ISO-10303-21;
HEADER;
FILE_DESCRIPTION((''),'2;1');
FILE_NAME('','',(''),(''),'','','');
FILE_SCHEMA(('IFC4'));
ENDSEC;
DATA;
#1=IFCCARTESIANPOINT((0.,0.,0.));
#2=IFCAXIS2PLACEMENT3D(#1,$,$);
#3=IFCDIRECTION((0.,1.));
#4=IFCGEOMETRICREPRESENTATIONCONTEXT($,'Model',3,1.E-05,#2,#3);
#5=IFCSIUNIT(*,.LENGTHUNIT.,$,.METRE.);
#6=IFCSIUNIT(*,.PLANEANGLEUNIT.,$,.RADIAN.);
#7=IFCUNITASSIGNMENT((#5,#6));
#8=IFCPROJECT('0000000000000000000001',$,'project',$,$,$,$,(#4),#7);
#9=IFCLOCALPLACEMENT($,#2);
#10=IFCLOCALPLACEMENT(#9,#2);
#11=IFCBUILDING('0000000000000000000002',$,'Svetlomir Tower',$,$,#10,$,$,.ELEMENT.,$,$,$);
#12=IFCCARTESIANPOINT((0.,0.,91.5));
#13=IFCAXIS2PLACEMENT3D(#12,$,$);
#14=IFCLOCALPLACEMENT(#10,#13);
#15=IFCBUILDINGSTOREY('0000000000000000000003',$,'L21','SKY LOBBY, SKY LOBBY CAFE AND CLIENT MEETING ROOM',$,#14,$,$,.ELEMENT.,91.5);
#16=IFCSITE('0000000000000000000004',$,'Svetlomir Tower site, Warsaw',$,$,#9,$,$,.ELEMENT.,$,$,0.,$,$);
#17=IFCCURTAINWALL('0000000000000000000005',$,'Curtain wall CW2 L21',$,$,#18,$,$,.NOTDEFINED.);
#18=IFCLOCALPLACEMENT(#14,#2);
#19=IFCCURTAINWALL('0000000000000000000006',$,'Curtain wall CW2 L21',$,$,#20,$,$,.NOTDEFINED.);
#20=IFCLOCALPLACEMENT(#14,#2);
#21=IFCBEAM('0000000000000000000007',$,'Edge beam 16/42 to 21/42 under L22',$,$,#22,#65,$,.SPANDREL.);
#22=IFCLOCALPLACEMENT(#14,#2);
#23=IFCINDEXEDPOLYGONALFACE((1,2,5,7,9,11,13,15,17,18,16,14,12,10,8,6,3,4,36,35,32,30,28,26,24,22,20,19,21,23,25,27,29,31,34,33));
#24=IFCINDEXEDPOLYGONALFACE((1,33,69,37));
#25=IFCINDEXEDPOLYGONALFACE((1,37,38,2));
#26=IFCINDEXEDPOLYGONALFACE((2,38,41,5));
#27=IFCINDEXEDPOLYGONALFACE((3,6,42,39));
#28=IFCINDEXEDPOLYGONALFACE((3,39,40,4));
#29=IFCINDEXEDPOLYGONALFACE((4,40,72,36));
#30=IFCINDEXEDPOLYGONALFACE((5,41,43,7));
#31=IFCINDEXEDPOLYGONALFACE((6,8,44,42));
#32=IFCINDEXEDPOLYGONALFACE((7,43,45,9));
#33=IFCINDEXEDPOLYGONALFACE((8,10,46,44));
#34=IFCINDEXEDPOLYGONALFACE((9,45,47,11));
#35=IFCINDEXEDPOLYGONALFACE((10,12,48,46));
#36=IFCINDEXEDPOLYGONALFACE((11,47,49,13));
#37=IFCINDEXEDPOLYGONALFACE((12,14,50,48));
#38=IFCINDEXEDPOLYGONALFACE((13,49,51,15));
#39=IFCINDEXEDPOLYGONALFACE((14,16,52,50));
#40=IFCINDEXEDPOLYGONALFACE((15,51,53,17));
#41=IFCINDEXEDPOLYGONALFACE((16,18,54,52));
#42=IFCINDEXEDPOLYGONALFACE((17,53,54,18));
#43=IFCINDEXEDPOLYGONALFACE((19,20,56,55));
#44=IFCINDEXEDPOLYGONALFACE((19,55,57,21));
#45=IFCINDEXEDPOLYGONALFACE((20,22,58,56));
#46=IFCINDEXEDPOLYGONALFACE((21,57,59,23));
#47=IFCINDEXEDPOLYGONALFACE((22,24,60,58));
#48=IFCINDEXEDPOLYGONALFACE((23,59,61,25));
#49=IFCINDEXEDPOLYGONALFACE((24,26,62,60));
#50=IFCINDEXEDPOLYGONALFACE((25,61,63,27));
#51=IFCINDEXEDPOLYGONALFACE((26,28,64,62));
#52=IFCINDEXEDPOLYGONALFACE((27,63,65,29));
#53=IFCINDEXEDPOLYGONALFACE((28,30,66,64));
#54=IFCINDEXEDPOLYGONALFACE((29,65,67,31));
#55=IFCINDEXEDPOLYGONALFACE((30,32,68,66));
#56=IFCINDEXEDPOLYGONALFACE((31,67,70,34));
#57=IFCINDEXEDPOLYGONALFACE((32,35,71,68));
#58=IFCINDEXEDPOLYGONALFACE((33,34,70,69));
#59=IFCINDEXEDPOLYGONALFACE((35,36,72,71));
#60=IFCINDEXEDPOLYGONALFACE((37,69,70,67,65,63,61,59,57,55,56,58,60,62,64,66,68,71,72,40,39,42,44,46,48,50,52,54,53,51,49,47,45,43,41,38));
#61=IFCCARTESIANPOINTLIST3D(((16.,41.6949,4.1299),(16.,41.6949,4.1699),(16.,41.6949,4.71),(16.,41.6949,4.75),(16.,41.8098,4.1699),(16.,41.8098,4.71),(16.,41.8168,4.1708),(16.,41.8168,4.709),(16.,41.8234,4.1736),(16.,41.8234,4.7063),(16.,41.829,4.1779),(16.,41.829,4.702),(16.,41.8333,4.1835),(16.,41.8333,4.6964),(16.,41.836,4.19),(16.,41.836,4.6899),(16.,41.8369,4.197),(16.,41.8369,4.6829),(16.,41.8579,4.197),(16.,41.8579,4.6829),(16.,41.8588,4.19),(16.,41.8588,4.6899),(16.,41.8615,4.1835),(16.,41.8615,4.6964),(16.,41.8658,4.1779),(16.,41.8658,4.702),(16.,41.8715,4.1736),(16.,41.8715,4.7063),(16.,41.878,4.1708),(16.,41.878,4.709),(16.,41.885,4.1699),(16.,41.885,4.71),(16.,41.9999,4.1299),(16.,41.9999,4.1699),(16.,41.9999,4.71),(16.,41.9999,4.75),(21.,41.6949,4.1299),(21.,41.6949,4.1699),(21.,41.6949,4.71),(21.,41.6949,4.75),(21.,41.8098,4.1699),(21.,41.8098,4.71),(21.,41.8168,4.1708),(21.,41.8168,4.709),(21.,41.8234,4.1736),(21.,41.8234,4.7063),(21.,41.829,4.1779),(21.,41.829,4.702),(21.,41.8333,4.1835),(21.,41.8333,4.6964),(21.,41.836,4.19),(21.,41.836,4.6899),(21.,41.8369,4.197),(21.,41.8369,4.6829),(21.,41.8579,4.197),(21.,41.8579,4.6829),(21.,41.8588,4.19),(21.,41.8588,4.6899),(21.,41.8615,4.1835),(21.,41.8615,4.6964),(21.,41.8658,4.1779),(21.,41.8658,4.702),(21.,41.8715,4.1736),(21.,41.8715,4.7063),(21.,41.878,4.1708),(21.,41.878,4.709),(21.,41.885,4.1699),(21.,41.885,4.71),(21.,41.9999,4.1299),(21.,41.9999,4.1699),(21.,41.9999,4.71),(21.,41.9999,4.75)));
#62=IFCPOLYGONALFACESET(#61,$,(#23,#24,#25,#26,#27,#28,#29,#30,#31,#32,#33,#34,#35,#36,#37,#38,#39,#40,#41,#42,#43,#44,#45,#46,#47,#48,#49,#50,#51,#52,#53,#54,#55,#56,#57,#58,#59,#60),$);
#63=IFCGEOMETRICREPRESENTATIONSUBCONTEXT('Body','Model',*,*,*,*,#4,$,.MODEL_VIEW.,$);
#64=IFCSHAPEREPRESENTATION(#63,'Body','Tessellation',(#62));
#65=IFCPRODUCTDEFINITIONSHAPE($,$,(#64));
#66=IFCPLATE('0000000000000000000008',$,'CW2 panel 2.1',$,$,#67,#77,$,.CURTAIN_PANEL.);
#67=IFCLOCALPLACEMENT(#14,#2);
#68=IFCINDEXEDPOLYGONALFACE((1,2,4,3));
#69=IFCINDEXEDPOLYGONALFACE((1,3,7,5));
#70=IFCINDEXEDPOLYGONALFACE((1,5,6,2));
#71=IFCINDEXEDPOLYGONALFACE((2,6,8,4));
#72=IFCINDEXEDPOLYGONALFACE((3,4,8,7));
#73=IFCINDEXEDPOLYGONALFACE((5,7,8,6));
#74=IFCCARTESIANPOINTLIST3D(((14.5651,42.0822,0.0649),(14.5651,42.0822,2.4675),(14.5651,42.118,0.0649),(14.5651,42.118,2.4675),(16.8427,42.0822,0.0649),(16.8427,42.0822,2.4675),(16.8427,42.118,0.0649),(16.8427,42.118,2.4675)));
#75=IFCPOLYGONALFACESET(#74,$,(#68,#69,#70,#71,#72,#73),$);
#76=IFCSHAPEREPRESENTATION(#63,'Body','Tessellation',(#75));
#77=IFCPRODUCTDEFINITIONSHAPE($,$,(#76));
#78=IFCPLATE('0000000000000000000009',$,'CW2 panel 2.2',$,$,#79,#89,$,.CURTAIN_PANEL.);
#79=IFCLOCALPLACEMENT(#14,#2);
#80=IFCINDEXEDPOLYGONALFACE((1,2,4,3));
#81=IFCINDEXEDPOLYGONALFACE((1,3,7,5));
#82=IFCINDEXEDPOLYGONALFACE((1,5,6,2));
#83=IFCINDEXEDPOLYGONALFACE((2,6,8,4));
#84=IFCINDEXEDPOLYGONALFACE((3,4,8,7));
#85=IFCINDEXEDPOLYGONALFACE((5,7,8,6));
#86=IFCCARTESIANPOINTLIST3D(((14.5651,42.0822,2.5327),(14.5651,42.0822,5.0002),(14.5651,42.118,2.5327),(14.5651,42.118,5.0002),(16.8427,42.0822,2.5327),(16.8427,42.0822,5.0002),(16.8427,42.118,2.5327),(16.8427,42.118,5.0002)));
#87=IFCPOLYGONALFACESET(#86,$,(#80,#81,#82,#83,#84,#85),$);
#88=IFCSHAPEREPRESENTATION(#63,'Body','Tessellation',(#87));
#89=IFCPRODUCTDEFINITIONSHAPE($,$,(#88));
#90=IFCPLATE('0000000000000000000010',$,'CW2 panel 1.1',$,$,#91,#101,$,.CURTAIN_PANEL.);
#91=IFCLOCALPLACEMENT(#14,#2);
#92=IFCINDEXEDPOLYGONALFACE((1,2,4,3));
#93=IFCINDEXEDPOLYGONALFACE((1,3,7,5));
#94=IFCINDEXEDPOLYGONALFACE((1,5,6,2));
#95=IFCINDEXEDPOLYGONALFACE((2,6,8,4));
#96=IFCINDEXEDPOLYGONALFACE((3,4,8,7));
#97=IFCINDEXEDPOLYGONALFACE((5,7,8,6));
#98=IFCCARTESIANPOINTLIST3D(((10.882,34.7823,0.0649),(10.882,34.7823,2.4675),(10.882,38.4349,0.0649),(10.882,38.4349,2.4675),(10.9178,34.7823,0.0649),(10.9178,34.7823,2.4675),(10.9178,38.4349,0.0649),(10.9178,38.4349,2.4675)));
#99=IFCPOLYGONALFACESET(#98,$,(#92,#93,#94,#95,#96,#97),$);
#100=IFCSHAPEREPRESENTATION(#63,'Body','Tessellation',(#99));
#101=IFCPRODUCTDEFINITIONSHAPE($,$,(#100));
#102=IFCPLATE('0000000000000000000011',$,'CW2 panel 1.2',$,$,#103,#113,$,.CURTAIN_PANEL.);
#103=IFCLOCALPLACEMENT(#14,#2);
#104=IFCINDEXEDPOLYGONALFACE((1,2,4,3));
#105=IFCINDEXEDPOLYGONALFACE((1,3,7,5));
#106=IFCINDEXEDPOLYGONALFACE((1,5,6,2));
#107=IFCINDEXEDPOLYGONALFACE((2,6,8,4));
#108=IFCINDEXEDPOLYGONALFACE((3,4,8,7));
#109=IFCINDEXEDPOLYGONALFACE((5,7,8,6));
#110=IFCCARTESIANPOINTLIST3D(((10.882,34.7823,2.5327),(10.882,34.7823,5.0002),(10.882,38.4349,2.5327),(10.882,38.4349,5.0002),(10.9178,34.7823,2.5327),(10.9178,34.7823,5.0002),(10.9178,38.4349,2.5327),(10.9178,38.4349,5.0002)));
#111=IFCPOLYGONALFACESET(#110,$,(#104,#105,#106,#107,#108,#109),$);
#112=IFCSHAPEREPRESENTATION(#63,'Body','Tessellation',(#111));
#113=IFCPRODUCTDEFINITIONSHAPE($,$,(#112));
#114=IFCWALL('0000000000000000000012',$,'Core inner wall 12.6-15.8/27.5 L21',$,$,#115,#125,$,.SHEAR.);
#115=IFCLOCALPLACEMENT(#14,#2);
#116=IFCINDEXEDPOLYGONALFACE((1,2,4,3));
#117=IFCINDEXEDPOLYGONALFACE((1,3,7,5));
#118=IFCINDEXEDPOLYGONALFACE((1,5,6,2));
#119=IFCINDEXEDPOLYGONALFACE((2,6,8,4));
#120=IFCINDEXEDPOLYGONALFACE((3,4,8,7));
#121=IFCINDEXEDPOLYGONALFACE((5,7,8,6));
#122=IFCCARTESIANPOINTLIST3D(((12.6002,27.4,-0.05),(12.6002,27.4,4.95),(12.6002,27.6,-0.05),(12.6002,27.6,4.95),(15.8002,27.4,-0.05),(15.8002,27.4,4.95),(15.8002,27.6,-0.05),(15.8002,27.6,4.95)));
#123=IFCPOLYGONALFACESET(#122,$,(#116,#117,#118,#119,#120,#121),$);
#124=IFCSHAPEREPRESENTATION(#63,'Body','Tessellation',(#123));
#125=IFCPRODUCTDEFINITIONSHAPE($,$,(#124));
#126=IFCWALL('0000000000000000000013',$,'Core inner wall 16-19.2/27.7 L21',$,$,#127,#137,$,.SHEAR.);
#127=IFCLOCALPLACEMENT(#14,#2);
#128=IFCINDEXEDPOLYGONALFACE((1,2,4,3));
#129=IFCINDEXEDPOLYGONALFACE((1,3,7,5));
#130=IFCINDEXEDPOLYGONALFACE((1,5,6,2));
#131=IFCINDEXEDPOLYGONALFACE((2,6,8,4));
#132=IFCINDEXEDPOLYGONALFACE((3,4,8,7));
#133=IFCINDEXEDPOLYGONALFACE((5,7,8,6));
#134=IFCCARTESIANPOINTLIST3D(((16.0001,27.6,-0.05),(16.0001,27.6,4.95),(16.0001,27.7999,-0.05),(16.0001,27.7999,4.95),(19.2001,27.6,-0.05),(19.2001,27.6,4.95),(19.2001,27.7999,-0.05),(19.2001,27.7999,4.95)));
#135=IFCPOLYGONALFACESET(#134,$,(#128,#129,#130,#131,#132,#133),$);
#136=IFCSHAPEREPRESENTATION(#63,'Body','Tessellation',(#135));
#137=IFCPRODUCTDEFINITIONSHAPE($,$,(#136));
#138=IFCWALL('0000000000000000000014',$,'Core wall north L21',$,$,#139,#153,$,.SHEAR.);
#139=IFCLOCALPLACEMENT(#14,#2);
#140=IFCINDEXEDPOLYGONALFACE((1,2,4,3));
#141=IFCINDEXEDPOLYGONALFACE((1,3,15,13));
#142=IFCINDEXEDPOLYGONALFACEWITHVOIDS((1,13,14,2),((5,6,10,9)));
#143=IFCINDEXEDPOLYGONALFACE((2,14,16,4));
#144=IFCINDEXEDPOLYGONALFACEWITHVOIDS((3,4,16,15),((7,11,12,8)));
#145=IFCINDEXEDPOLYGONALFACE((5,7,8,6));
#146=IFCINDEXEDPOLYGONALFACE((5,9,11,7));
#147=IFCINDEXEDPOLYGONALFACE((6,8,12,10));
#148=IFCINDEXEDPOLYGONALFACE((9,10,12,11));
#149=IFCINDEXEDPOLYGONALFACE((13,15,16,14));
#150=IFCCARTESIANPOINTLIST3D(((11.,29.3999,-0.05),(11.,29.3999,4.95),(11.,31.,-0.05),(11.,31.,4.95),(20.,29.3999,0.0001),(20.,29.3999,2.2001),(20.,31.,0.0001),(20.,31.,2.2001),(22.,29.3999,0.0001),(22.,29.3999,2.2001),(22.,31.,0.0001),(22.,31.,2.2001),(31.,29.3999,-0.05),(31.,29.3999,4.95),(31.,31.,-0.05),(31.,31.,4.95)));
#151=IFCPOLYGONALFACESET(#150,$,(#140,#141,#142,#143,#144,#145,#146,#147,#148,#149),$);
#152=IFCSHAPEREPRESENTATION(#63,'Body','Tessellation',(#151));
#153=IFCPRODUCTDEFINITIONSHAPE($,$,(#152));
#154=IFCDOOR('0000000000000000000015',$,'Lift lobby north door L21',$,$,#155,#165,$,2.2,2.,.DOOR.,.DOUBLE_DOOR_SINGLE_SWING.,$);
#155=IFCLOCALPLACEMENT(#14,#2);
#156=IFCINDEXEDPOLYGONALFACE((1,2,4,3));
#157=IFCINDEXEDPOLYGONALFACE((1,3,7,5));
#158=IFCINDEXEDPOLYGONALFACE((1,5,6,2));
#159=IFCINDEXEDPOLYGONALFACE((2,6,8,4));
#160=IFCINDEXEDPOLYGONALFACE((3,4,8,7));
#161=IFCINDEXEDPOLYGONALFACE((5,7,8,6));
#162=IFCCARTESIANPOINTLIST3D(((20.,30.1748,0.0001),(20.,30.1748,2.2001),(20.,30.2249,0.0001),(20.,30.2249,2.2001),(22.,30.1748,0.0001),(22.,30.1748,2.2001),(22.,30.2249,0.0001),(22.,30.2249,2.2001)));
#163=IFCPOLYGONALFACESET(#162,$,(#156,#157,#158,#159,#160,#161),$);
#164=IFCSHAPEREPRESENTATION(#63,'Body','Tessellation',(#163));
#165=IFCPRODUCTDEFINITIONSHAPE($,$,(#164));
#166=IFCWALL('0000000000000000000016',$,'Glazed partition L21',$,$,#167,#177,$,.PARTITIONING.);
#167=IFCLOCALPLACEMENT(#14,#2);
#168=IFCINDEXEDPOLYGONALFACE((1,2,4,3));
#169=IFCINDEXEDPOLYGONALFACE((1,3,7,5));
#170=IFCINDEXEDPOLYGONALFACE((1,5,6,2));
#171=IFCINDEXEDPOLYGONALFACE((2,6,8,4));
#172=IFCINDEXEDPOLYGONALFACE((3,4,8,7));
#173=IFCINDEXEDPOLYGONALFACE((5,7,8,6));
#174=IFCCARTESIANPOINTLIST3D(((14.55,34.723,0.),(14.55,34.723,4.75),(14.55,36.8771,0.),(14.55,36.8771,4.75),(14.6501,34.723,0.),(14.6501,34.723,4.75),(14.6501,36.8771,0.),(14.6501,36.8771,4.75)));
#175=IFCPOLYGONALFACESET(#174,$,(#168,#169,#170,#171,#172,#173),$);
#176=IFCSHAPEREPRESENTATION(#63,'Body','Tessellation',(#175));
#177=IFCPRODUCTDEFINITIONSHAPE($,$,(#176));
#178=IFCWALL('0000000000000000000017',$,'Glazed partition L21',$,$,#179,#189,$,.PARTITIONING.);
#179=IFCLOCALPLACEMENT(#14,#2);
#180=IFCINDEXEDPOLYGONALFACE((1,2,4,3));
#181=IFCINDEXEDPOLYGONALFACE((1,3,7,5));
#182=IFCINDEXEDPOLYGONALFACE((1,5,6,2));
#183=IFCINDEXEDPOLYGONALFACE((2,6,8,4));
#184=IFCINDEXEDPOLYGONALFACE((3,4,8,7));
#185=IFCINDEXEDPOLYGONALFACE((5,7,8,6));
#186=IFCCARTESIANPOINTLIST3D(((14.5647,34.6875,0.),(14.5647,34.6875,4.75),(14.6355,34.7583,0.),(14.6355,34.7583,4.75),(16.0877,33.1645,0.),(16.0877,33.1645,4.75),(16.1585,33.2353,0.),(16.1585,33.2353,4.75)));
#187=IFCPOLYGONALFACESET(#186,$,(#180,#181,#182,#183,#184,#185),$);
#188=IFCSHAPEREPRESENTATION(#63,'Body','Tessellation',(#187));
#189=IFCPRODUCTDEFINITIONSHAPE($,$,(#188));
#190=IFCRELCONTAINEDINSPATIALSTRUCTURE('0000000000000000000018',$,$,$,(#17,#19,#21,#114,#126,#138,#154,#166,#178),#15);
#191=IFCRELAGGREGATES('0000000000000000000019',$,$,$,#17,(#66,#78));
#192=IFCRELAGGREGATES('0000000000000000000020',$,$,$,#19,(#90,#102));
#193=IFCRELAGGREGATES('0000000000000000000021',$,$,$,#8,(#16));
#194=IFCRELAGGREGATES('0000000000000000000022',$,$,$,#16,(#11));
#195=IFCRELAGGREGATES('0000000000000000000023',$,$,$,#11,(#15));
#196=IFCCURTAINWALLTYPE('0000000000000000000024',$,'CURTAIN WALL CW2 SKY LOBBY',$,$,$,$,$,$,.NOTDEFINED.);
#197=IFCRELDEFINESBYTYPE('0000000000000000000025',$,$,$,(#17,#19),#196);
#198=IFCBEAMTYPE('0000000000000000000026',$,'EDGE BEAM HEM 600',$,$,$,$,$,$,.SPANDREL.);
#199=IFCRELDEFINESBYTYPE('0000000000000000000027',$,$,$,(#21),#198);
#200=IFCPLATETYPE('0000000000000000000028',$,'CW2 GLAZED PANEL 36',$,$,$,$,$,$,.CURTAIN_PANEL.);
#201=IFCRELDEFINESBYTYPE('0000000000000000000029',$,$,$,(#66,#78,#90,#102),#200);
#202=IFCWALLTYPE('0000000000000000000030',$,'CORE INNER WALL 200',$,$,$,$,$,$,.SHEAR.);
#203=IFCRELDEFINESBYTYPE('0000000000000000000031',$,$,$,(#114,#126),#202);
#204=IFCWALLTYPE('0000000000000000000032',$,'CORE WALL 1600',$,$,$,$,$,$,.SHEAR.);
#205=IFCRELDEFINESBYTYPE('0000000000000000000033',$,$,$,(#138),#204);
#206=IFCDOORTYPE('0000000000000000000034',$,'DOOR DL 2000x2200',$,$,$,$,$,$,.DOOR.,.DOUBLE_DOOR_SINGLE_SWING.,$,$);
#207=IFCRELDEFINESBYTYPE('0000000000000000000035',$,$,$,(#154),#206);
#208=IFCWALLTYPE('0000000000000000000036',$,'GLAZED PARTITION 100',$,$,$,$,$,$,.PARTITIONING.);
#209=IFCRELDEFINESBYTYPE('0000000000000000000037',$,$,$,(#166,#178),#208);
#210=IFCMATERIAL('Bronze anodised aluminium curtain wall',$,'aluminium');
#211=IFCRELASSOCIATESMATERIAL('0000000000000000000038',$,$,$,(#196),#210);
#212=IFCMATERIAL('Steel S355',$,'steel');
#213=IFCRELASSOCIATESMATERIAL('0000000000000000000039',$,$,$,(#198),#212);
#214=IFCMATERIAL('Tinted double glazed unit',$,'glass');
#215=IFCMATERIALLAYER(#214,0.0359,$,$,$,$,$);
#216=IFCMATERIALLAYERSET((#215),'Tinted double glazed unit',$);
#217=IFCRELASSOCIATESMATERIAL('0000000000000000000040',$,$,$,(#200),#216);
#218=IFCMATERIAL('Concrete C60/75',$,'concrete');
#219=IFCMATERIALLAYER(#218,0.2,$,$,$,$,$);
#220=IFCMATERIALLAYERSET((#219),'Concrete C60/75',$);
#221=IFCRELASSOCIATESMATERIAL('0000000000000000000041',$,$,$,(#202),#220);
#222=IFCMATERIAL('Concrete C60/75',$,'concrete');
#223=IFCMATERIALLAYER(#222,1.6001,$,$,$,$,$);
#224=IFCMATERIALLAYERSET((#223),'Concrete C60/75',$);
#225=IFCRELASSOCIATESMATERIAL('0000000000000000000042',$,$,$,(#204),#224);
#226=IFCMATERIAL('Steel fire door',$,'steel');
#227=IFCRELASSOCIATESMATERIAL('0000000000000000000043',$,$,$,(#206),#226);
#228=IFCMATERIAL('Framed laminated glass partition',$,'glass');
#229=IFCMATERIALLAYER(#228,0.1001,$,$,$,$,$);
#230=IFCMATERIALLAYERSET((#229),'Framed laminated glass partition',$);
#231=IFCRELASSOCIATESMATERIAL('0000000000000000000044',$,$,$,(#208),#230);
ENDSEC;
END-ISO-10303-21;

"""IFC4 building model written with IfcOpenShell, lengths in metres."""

from ifc_helpers import new_model, si_unit, direction, frame, frame_2d, origin, origin_2d, place, context, subcontext, project, spatial, rectangle, i_section, extrude, material, layer, layer_set, material_profile, profile_set, type_object, element, fill, aggregate, save


model = new_model("IFC4")

# Units and contexts
model_context = context("Model", 3, precision=1e-05, world=origin(), true_north=direction((0.0, 1.0)))
body_context = subcontext(model_context, "Body", "Model", "MODEL_VIEW")
ifc_project = project(units=[si_unit("LENGTHUNIT", "METRE"), si_unit("PLANEANGLEUNIT", "RADIAN")], contexts=[model_context])

# Site, building, storey
site_placement = place(None, origin())
site = spatial("IfcSite", under=ifc_project, at=site_placement, Name="Svetlomir Tower site, Warsaw", CompositionType="ELEMENT", RefElevation=0.0)
building_placement = place(site_placement, origin())
building = spatial("IfcBuilding", under=site, at=building_placement, Name="Svetlomir Tower", CompositionType="ELEMENT")
storey_placement = place(building_placement, frame((0.0, 0.0, 91.5)))
storey = spatial("IfcBuildingStorey", under=building, at=storey_placement, Name="L21", Description="SKY LOBBY, SKY LOBBY CAFE AND CLIENT MEETING ROOM", CompositionType="ELEMENT", Elevation=91.5)

# Curtain walls
ifc_material_1 = material(Name="Bronze anodised aluminium curtain wall", Category="aluminium")
curtain_wall_type = type_object("IfcCurtainWallType", Name="CURTAIN WALL CW2 SKY LOBBY", PredefinedType="NOTDEFINED", material=ifc_material_1)
curtain_wall_1_placement = place(storey_placement, origin())
curtain_wall_1 = element("IfcCurtainWall", 1, at=curtain_wall_1_placement, inside=storey, type_object=curtain_wall_type, Name="Curtain wall CW2 L21", PredefinedType="NOTDEFINED")
curtain_wall_2_placement = place(storey_placement, origin())
curtain_wall_2 = element("IfcCurtainWall", 2, at=curtain_wall_2_placement, inside=storey, type_object=curtain_wall_type, Name="Curtain wall CW2 L21", PredefinedType="NOTDEFINED")

# Beam
ifc_material_2 = material(Name="Steel S355", Category="steel")
ifc_material_profile_1 = material_profile(ifc_material_2, i_section(OverallWidth=0.3049, OverallDepth=0.6201, WebThickness=0.021, FlangeThickness=0.04, FilletRadius=0.0271, at=origin_2d()), Name="HEM 600")
ifc_profile_set_1 = profile_set([ifc_material_profile_1], Name="Steel S355")
beam_type = type_object("IfcBeamType", Name="EDGE BEAM HEM 600", PredefinedType="SPANDREL", material=ifc_profile_set_1)
beam_1_placement = place(storey_placement, frame((16.0, 41.8474, 4.4399), z_axis=(1.0, 0.0, 0.0), x_axis=(0.0, 1.0, 0.0)))
element("IfcBeam", 3, at=beam_1_placement, inside=storey, type_object=beam_type, Name="Edge beam 16/42 to 21/42 under L22", PredefinedType="SPANDREL", context=body_context, shape_type="SweptSolid", body=[
    extrude(i_section(OverallWidth=0.3049, OverallDepth=0.6201, WebThickness=0.021, FlangeThickness=0.04, FilletRadius=0.0271, at=origin_2d()), origin(), (0.0, 0.0, 1.0), 5.0),
])

# Plates
ifc_material_3 = material(Name="Tinted double glazed unit", Category="glass")
ifc_layer_1 = layer(ifc_material_3, 0.0359)
ifc_layer_set_1 = layer_set([ifc_layer_1], Name="Tinted double glazed unit")
plate_type = type_object("IfcPlateType", Name="CW2 GLAZED PANEL 36", PredefinedType="CURTAIN_PANEL", material=ifc_layer_set_1)
plate_1_placement = place(storey_placement, frame((15.7039, 42.1001, 0.0649), z_axis=(0.0, 0.0, 1.0), x_axis=(-1.0, 0.0, 0.0)))
plate_1 = element("IfcPlate", 4, at=plate_1_placement, type_object=plate_type, Name="CW2 panel 2.1", PredefinedType="CURTAIN_PANEL", context=body_context, shape_type="SweptSolid", body=[
    extrude(rectangle(XDim=2.2776, YDim=0.0359, at=origin_2d()), origin(), (0.0, 0.0, 1.0), 2.4026),
])
plate_2_placement = place(storey_placement, frame((15.7039, 42.1001, 2.5327), z_axis=(0.0, 0.0, 1.0), x_axis=(-1.0, 0.0, 0.0)))
plate_2 = element("IfcPlate", 5, at=plate_2_placement, type_object=plate_type, Name="CW2 panel 2.2", PredefinedType="CURTAIN_PANEL", context=body_context, shape_type="SweptSolid", body=[
    extrude(rectangle(XDim=2.2776, YDim=0.0359, at=origin_2d()), origin(), (0.0, 0.0, 1.0), 2.4675),
])
aggregate(curtain_wall_1, [plate_1, plate_2])
plate_3_placement = place(storey_placement, frame((10.8999, 36.6086, 0.0649), z_axis=(0.0, 0.0, 1.0), x_axis=(0.0, -1.0, 0.0)))
plate_3 = element("IfcPlate", 6, at=plate_3_placement, type_object=plate_type, Name="CW2 panel 1.1", PredefinedType="CURTAIN_PANEL", context=body_context, shape_type="SweptSolid", body=[
    extrude(rectangle(XDim=3.6526, YDim=0.0359, at=origin_2d()), origin(), (0.0, 0.0, 1.0), 2.4026),
])
plate_4_placement = place(storey_placement, frame((10.8999, 36.6086, 2.5327), z_axis=(0.0, 0.0, 1.0), x_axis=(0.0, -1.0, 0.0)))
plate_4 = element("IfcPlate", 7, at=plate_4_placement, type_object=plate_type, Name="CW2 panel 1.2", PredefinedType="CURTAIN_PANEL", context=body_context, shape_type="SweptSolid", body=[
    extrude(rectangle(XDim=3.6526, YDim=0.0359, at=origin_2d()), origin(), (0.0, 0.0, 1.0), 2.4675),
])
aggregate(curtain_wall_2, [plate_3, plate_4])

# Walls
ifc_material_4 = material(Name="Concrete C60/75", Category="concrete")
ifc_layer_2 = layer(ifc_material_4, 0.2)
ifc_layer_set_2 = layer_set([ifc_layer_2], Name="Concrete C60/75")
wall_type_1 = type_object("IfcWallType", Name="CORE INNER WALL 200", PredefinedType="SHEAR", material=ifc_layer_set_2)
for number, where, z_axis, x_axis, name in (
    (8, (12.6001, 27.5, -0.05), (0.0, 0.0, 1.0), (1.0, 0.0, 0.0), "Core inner wall 12.6-15.8/27.5 L21"),
    (9, (16.0, 27.7, -0.05), (0.0, 0.0, 1.0), (1.0, 0.0, 0.0), "Core inner wall 16-19.2/27.7 L21"),
):
    element("IfcWall", number, at=place(storey_placement, frame(where, z_axis=z_axis, x_axis=x_axis)), inside=storey, type_object=wall_type_1, Name=name, PredefinedType="SHEAR", context=body_context, shape_type="SweptSolid", body=[
        extrude(rectangle(XDim=3.2, YDim=0.2, at=frame_2d((1.6001, 0.0))), origin(), (0.0, 0.0, 1.0), 5.0),
    ])

# Wall, opening, door
ifc_material_5 = material(Name="Concrete C60/75", Category="concrete")
ifc_layer_3 = layer(ifc_material_5, 1.6001)
ifc_layer_set_3 = layer_set([ifc_layer_3], Name="Concrete C60/75")
wall_type_2 = type_object("IfcWallType", Name="CORE WALL 1600", PredefinedType="SHEAR", material=ifc_layer_set_3)
wall_1_placement = place(storey_placement, frame((11.0, 30.2, -0.05), z_axis=(0.0, 0.0, 1.0), x_axis=(1.0, 0.0, 0.0)))
wall_1 = element("IfcWall", 10, at=wall_1_placement, inside=storey, type_object=wall_type_2, Name="Core wall north L21", PredefinedType="SHEAR", context=body_context, shape_type="SweptSolid", body=[
    extrude(rectangle(XDim=20.0, YDim=1.6001, at=frame_2d((10.0, 0.0))), origin(), (0.0, 0.0, 1.0), 5.0),
])
opening_placement = place(wall_1_placement, frame((9.0, 0.0, 0.05)))
opening = element("IfcOpeningElement", 11, at=opening_placement, cuts=wall_1, PredefinedType="OPENING", context=body_context, shape_type="SweptSolid", body=[
    extrude(rectangle(XDim=2.0, YDim=2.2, at=frame_2d((1.0, 1.1001))), frame((0.0, 0.8101, 0.0), z_axis=(0.0, -1.0, 0.0), x_axis=(1.0, 0.0, 0.0)), (0.0, 0.0, 1.0), 1.6201),
])
ifc_material_6 = material(Name="Steel fire door", Category="steel")
door_type = type_object("IfcDoorType", Name="DOOR DL 2000x2200", OperationType="DOUBLE_DOOR_SINGLE_SWING", PredefinedType="DOOR", material=ifc_material_6)
door_placement = place(opening_placement, origin())
door = element("IfcDoor", 12, at=door_placement, inside=storey, type_object=door_type, Name="Lift lobby north door L21", OperationType="DOUBLE_DOOR_SINGLE_SWING", OverallHeight=2.2, OverallWidth=2.0, PredefinedType="DOOR", context=body_context, shape_type="SweptSolid", body=[
    extrude(rectangle(XDim=2.0, YDim=2.2, at=frame_2d((1.0, 1.1001))), frame((0.0, 0.0249, 0.0), z_axis=(0.0, -1.0, 0.0), x_axis=(1.0, 0.0, 0.0)), (0.0, 0.0, 1.0), 0.05),
])
fill(opening, door)

# Walls
ifc_material_7 = material(Name="Framed laminated glass partition", Category="glass")
ifc_layer_4 = layer(ifc_material_7, 0.1001)
ifc_layer_set_4 = layer_set([ifc_layer_4], Name="Framed laminated glass partition")
wall_type_3 = type_object("IfcWallType", Name="GLAZED PARTITION 100", PredefinedType="PARTITIONING", material=ifc_layer_set_4)
wall_2_placement = place(storey_placement, frame((14.6001, 34.7229, 0.0), z_axis=(0.0, 0.0, 1.0), x_axis=(0.0, 1.0, 0.0)))
element("IfcWall", 13, at=wall_2_placement, inside=storey, type_object=wall_type_3, Name="Glazed partition L21", PredefinedType="PARTITIONING", context=body_context, shape_type="SweptSolid", body=[
    extrude(rectangle(XDim=2.1541, YDim=0.1001, at=frame_2d((1.0771, 0.0))), origin(), (0.0, 0.0, 1.0), 4.75),
])
for number, where, z_axis, x_axis, name in (
    (14, (14.6001, 34.7229, 0.0), (0.0, 0.0, 1.0), (0.707107, -0.707107, 0.0), "Glazed partition L21"),
):
    element("IfcWall", number, at=place(storey_placement, frame(where, z_axis=z_axis, x_axis=x_axis)), inside=storey, type_object=wall_type_3, Name=name, PredefinedType="PARTITIONING", context=body_context, shape_type="SweptSolid", body=[
        extrude(rectangle(XDim=2.1538, YDim=0.1001, at=frame_2d((1.0769, 0.0))), origin(), (0.0, 0.0, 1.0), 4.75),
    ])

save(model, "model.ifc")
